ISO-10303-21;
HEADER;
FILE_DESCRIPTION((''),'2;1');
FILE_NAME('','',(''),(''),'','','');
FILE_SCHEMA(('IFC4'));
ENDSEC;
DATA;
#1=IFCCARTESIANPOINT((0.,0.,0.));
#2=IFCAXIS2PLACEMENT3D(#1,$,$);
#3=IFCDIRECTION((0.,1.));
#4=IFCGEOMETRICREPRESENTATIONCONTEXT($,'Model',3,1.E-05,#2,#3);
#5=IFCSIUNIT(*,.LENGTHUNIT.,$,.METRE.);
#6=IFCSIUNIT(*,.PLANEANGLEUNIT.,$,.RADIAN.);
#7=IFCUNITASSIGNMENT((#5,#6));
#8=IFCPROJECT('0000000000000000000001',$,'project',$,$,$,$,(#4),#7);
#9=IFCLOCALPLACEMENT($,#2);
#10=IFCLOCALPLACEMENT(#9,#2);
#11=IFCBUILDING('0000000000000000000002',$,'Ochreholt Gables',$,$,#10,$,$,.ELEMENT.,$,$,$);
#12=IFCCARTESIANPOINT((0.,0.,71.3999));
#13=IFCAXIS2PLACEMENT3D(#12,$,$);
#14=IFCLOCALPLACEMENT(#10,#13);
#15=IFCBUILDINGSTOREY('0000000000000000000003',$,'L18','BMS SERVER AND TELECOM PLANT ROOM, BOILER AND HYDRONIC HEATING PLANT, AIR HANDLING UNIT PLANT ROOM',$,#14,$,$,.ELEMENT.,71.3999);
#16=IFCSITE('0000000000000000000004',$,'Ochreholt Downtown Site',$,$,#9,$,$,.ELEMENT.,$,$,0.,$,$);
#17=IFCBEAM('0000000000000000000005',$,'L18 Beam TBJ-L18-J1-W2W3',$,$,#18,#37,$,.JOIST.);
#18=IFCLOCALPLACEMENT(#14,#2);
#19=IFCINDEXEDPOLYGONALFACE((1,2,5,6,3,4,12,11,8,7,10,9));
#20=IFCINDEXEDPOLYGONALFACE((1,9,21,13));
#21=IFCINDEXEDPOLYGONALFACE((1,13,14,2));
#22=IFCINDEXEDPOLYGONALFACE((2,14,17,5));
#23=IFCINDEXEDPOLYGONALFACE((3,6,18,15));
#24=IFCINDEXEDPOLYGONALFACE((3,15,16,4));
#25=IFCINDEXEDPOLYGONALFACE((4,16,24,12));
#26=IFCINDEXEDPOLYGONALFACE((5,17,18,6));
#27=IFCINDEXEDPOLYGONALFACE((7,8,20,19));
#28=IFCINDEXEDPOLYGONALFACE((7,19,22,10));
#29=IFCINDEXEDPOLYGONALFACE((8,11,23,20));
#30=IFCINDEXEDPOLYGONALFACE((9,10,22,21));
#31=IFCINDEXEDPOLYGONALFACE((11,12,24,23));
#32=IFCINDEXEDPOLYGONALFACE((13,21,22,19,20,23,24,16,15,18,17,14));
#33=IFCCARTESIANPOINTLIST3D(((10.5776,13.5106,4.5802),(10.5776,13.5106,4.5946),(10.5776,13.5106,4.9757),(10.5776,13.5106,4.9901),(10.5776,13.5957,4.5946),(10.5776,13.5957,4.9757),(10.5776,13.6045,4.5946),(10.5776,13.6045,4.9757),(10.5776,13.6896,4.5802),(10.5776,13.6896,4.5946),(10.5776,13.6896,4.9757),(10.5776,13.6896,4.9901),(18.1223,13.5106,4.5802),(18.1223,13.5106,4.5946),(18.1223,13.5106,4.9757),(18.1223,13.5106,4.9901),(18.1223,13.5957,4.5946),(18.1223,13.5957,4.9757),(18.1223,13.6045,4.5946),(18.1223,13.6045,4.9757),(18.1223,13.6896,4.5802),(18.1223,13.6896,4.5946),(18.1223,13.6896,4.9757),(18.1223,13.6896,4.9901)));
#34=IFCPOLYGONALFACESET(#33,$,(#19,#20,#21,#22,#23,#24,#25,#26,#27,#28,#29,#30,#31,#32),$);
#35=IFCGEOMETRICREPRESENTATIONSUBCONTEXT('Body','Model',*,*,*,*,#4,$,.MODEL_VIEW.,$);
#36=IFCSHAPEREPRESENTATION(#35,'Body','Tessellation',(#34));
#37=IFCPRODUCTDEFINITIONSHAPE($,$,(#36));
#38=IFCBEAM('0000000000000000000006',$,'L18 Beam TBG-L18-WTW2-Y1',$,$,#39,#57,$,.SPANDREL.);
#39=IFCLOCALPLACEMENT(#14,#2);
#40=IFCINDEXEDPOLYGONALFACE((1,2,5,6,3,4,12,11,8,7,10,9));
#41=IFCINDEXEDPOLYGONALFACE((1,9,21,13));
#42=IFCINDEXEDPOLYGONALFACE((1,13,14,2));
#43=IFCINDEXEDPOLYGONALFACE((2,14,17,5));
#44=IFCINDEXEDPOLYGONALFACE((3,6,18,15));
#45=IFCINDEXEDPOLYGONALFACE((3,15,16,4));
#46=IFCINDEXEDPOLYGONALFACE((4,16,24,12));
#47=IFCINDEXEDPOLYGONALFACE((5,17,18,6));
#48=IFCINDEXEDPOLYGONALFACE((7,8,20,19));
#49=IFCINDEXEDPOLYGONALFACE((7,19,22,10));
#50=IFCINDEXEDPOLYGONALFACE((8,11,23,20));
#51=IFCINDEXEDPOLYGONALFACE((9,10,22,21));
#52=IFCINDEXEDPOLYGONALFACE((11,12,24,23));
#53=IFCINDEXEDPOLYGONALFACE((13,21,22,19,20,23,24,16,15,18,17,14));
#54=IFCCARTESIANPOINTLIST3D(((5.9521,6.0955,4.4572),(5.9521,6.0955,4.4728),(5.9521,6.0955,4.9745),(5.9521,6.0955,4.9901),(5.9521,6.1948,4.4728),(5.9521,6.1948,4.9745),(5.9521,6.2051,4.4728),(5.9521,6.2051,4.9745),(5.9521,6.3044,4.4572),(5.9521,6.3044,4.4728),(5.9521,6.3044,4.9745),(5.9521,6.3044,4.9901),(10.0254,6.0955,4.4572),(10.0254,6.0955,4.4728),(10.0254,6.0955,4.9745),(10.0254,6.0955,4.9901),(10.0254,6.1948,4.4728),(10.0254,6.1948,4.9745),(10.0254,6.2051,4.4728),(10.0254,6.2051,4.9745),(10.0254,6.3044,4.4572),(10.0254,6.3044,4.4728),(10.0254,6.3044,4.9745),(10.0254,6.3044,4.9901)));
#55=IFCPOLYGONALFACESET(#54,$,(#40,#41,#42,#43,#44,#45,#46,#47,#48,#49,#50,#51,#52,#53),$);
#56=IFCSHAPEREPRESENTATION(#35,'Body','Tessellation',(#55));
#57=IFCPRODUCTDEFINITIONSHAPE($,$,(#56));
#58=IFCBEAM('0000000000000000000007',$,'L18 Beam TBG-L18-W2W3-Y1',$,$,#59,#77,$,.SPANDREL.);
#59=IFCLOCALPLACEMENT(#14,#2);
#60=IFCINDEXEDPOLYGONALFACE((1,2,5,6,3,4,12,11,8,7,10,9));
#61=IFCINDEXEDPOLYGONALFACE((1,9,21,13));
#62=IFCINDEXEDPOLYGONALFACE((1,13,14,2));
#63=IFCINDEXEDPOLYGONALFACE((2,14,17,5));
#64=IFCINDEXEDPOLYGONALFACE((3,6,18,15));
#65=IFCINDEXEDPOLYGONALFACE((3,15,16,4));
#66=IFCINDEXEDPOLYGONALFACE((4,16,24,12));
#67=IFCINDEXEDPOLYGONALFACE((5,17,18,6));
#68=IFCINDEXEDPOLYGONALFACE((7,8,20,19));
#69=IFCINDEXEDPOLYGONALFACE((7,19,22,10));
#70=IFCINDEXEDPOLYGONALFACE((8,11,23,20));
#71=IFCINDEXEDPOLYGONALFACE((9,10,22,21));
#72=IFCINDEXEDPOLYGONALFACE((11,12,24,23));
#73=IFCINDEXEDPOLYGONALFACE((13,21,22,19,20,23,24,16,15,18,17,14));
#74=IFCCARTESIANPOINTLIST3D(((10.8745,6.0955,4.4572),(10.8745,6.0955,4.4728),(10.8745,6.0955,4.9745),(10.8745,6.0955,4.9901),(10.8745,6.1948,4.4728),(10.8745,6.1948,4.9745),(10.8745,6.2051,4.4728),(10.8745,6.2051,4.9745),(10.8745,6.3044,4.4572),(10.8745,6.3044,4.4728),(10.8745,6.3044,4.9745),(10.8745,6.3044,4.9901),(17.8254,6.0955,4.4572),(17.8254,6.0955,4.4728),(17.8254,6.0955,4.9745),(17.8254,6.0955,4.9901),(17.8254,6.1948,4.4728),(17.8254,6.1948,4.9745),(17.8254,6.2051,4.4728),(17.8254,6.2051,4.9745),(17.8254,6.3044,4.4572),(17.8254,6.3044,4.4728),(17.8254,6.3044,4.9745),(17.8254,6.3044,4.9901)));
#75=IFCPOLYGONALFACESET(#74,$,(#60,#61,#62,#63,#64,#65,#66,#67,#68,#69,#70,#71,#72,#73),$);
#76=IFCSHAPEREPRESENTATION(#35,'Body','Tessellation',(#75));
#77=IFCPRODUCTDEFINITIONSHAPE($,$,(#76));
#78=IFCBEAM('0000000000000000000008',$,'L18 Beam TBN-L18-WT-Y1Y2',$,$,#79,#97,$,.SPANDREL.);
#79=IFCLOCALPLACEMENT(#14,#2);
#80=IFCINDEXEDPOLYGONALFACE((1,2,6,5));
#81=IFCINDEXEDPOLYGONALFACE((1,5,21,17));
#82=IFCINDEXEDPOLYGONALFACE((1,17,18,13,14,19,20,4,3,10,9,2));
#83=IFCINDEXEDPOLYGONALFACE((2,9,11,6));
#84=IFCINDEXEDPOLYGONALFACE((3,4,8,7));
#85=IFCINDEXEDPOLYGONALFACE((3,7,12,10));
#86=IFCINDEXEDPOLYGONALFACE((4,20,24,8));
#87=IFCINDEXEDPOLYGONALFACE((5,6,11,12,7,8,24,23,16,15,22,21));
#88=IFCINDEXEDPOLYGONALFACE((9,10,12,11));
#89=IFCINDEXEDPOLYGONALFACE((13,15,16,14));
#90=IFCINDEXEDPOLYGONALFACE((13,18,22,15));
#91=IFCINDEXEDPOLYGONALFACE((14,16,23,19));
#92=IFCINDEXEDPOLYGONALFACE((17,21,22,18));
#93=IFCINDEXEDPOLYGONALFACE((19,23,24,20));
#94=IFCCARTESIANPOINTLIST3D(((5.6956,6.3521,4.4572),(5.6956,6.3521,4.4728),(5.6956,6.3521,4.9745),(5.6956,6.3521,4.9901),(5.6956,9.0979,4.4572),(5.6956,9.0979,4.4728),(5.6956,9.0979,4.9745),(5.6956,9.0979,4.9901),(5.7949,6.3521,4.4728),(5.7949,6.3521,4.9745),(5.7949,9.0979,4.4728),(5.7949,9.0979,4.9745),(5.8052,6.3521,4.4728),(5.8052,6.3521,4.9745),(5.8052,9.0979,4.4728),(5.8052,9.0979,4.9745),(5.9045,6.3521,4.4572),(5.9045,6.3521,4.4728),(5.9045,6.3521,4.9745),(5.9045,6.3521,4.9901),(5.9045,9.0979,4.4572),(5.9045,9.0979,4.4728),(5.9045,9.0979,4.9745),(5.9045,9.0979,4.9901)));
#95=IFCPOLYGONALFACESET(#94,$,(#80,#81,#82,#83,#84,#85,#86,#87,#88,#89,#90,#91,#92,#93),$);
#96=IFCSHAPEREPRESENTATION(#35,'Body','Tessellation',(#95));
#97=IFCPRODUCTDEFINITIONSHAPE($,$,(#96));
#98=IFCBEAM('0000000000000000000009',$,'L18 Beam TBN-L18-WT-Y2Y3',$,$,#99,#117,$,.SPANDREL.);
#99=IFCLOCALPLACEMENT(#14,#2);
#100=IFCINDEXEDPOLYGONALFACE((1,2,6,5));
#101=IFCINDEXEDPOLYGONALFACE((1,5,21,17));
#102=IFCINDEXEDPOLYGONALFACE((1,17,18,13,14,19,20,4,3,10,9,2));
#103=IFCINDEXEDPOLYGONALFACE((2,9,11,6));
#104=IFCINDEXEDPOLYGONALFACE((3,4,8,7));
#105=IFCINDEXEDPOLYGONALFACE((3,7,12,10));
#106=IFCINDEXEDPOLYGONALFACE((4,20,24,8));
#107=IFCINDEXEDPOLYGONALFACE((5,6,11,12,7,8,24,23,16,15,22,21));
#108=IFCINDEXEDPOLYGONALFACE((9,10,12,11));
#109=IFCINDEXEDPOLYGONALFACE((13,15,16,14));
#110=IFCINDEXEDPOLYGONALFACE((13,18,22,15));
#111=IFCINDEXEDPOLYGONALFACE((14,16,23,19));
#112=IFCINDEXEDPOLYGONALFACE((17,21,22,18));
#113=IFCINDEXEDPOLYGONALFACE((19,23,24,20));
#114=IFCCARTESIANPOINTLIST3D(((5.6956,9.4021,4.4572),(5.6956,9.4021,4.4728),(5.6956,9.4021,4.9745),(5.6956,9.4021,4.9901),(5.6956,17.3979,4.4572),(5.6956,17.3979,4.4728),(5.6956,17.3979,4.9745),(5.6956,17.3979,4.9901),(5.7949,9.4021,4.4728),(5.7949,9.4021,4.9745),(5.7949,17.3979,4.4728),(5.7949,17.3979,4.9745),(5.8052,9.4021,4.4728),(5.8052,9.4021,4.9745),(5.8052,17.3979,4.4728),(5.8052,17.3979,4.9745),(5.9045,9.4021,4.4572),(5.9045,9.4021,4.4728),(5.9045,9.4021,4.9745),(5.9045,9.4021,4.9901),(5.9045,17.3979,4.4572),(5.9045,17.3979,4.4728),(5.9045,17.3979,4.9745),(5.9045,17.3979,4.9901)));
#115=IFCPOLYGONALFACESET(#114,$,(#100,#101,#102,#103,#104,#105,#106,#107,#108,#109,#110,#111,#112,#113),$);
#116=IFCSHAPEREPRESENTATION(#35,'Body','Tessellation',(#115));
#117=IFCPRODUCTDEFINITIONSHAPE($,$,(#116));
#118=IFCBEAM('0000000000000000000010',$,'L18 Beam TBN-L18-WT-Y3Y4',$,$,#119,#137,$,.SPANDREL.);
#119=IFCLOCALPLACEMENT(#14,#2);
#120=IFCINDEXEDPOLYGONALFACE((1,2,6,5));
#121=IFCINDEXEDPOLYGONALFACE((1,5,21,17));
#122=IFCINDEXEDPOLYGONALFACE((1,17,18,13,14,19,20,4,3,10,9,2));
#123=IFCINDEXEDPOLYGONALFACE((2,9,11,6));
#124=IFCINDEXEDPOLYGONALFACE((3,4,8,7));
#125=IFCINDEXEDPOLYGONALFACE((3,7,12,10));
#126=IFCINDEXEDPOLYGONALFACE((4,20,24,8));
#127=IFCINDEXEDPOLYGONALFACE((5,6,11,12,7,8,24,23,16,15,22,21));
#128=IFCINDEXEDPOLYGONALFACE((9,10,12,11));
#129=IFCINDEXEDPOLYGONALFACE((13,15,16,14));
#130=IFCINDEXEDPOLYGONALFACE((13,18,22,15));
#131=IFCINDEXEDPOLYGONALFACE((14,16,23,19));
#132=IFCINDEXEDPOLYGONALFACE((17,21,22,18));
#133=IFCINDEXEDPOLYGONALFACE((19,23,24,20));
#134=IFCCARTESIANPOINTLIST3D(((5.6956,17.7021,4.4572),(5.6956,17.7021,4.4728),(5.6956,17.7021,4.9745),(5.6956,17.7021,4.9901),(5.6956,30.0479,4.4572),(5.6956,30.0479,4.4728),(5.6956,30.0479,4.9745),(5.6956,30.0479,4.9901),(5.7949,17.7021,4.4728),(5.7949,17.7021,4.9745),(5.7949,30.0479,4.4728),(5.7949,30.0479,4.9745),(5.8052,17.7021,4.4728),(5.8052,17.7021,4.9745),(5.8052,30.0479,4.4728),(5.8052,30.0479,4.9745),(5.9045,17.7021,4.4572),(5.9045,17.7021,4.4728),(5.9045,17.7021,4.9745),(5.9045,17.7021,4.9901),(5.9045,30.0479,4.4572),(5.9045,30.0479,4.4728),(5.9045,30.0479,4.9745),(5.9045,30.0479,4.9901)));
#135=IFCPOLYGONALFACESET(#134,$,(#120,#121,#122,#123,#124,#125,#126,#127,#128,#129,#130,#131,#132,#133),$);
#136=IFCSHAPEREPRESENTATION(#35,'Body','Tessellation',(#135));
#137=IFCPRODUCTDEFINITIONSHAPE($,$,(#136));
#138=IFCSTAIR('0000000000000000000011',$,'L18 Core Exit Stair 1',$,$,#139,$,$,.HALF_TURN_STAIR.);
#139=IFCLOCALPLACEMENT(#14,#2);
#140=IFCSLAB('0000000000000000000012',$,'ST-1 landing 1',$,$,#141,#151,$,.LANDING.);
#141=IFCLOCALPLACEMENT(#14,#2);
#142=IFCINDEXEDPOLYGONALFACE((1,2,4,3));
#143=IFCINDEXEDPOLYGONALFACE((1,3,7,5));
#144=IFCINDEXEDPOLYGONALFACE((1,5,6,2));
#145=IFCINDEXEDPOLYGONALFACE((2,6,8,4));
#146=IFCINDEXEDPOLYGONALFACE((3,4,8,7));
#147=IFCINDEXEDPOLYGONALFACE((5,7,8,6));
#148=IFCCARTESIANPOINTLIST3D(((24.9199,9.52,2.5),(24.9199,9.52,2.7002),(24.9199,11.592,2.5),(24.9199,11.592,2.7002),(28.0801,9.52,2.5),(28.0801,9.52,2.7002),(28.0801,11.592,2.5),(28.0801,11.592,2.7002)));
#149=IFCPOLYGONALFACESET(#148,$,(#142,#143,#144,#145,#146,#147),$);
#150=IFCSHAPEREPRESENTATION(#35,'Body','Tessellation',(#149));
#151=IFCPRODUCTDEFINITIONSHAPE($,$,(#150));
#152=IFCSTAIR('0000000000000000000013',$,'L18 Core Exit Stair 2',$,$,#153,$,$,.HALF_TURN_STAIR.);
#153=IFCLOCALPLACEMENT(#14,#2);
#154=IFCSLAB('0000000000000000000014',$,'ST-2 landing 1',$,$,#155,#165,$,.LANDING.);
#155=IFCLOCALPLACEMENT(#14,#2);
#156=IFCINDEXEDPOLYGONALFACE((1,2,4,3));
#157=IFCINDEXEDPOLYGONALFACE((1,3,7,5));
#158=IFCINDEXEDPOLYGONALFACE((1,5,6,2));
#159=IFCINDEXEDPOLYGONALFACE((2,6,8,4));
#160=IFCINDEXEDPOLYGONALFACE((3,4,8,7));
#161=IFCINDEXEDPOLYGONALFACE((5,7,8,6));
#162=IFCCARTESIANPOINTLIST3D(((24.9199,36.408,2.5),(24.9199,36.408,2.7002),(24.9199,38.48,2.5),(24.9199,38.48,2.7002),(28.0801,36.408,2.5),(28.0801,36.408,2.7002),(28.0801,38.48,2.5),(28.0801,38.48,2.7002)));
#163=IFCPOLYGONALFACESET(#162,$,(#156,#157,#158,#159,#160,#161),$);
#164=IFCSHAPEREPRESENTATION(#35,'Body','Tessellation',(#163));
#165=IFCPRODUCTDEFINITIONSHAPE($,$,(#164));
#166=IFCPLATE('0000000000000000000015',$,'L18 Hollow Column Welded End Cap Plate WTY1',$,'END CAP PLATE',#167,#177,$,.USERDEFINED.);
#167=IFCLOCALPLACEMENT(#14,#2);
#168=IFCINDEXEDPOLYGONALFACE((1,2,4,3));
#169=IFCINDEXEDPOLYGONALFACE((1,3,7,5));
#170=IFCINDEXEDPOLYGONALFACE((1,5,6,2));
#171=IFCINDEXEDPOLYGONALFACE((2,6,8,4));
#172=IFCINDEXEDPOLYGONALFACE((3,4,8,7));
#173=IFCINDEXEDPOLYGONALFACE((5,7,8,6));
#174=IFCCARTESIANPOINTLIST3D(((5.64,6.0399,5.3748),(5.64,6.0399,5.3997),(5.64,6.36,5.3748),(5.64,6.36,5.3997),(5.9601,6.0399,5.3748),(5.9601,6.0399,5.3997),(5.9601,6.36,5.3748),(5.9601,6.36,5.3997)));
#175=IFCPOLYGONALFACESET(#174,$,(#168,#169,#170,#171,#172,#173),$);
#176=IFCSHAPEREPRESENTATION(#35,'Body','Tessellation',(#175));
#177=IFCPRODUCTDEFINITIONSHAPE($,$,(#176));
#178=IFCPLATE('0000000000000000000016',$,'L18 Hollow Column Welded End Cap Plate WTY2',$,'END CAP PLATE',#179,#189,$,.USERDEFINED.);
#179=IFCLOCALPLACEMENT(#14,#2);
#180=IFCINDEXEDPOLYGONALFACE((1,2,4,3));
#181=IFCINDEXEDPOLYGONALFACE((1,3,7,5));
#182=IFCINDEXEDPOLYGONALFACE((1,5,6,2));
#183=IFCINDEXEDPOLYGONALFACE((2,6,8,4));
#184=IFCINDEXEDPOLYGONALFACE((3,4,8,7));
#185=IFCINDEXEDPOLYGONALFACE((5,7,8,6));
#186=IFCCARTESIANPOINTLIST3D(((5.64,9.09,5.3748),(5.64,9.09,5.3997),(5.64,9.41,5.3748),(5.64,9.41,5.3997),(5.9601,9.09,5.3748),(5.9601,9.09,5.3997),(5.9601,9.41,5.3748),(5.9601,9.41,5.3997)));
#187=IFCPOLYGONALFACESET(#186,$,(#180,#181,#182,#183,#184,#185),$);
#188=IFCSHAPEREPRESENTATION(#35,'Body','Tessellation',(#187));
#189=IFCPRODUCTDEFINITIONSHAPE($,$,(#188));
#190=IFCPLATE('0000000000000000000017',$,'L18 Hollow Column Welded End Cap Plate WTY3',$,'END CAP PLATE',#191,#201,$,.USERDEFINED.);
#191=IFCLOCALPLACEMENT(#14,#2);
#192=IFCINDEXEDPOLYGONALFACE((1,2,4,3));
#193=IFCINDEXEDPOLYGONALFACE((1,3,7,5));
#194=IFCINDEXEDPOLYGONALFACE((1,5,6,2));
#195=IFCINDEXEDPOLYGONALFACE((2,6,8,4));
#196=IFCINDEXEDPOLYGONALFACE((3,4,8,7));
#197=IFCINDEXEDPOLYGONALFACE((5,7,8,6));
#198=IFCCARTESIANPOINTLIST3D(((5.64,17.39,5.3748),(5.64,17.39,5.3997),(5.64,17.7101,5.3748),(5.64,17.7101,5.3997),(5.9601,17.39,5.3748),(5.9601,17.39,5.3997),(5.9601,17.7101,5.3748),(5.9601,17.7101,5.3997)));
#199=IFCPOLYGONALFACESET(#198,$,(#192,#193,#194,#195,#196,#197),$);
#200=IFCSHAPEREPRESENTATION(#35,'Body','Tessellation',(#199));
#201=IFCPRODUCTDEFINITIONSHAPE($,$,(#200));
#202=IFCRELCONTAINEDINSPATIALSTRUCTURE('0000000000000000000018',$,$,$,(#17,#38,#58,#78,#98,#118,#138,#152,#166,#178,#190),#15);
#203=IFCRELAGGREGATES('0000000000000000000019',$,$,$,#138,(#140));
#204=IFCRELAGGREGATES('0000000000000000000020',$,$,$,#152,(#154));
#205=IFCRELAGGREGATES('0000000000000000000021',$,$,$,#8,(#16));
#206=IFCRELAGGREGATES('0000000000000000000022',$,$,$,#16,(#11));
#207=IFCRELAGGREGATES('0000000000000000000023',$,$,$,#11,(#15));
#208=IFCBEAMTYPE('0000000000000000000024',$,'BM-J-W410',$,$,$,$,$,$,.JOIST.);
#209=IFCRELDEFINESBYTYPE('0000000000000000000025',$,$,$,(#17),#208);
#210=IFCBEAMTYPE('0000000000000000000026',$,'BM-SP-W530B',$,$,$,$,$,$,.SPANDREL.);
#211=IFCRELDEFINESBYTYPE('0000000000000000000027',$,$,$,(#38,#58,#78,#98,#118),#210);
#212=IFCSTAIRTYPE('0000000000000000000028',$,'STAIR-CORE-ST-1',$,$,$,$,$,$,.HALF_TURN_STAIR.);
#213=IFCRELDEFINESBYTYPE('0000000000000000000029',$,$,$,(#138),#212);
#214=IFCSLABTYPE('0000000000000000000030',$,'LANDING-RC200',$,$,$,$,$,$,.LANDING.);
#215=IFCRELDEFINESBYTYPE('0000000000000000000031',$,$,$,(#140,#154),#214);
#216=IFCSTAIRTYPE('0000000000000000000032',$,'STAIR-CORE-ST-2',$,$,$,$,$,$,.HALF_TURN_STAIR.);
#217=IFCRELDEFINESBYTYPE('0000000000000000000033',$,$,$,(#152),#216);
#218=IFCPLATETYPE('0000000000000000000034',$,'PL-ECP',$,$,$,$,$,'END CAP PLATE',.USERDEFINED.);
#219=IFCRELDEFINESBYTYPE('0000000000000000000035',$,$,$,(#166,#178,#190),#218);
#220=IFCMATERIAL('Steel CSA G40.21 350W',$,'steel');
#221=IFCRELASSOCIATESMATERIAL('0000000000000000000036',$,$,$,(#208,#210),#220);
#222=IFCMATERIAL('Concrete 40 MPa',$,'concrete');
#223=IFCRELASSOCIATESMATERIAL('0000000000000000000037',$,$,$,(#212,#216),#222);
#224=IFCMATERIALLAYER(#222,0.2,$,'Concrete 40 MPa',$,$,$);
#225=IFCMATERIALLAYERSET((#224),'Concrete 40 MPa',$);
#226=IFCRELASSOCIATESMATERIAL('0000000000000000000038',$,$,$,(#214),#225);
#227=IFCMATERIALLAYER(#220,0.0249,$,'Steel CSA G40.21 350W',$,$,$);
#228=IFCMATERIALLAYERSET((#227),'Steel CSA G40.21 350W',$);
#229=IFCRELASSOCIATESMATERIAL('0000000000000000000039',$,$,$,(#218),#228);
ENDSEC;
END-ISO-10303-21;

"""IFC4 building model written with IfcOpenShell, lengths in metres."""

from ifc_helpers import new_model, si_unit, direction, frame, origin, origin_2d, place, context, subcontext, project, spatial, polyline, rectangle, i_section, outline, extrude, material, layer, layer_set, material_profile, profile_set, type_object, element, aggregate, save


model = new_model("IFC4")

# Units and contexts
model_context = context("Model", 3, precision=1e-05, world=origin(), true_north=direction((0.0, 1.0)))
body_context = subcontext(model_context, "Body", "Model", "MODEL_VIEW")
ifc_project = project(units=[si_unit("LENGTHUNIT", "METRE"), si_unit("PLANEANGLEUNIT", "RADIAN")], contexts=[model_context])

# Site, building, storey
site_placement = place(None, origin())
site = spatial("IfcSite", under=ifc_project, at=site_placement, Name="Ochreholt Downtown Site", CompositionType="ELEMENT", RefElevation=0.0)
building_placement = place(site_placement, origin())
building = spatial("IfcBuilding", under=site, at=building_placement, Name="Ochreholt Gables", CompositionType="ELEMENT")
storey_placement = place(building_placement, frame((0.0, 0.0, 71.3999)))
storey = spatial("IfcBuildingStorey", under=building, at=storey_placement, Name="L18", Description="BMS SERVER AND TELECOM PLANT ROOM, BOILER AND HYDRONIC HEATING PLANT, AIR HANDLING UNIT PLANT ROOM", CompositionType="ELEMENT", Elevation=71.3999)

# Shared definitions
ifc_material_1 = material(Name="Steel CSA G40.21 350W", Category="steel")

# Beams
ifc_material_profile_1 = material_profile(ifc_material_1, i_section(OverallWidth=0.179, OverallDepth=0.4099, WebThickness=0.0088, FlangeThickness=0.0144, at=origin_2d()), Name="W410X67")
ifc_profile_set_1 = profile_set([ifc_material_profile_1], Name="Steel CSA G40.21 350W")
beam_type_1 = type_object("IfcBeamType", Name="BM-J-W410", PredefinedType="JOIST", material=ifc_profile_set_1)
beam_1_placement = place(storey_placement, frame((10.5776, 13.6001, 4.7852), z_axis=(1.0, 0.0, 0.0), x_axis=(0.0, 1.0, 0.0)))
element("IfcBeam", 1, at=beam_1_placement, inside=storey, type_object=beam_type_1, Name="L18 Beam TBJ-L18-J1-W2W3", PredefinedType="JOIST", context=body_context, shape_type="SweptSolid", body=[
    extrude(i_section(OverallWidth=0.179, OverallDepth=0.4099, WebThickness=0.0088, FlangeThickness=0.0144, at=origin_2d()), origin(), (0.0, 0.0, 1.0), 7.5447),
])
ifc_material_profile_2 = material_profile(ifc_material_1, i_section(OverallWidth=0.209, OverallDepth=0.533, WebThickness=0.0103, FlangeThickness=0.0156, at=origin_2d()), Name="W530X92")
ifc_profile_set_2 = profile_set([ifc_material_profile_2], Name="Steel CSA G40.21 350W")
beam_type_2 = type_object("IfcBeamType", Name="BM-SP-W530B", PredefinedType="SPANDREL", material=ifc_profile_set_2)
beam_2_placement = place(storey_placement, frame((5.9521, 6.2, 4.7236), z_axis=(1.0, 0.0, 0.0), x_axis=(0.0, 1.0, 0.0)))
element("IfcBeam", 2, at=beam_2_placement, inside=storey, type_object=beam_type_2, Name="L18 Beam TBG-L18-WTW2-Y1", PredefinedType="SPANDREL", context=body_context, shape_type="SweptSolid", body=[
    extrude(i_section(OverallWidth=0.209, OverallDepth=0.533, WebThickness=0.0103, FlangeThickness=0.0156, at=origin_2d()), origin(), (0.0, 0.0, 1.0), 4.0732),
])
beam_3_placement = place(storey_placement, frame((10.8745, 6.2, 4.7236), z_axis=(1.0, 0.0, 0.0), x_axis=(0.0, 1.0, 0.0)))
element("IfcBeam", 3, at=beam_3_placement, inside=storey, type_object=beam_type_2, Name="L18 Beam TBG-L18-W2W3-Y1", PredefinedType="SPANDREL", context=body_context, shape_type="SweptSolid", body=[
    extrude(i_section(OverallWidth=0.209, OverallDepth=0.533, WebThickness=0.0103, FlangeThickness=0.0156, at=origin_2d()), origin(), (0.0, 0.0, 1.0), 6.9509),
])
beam_4_placement = place(storey_placement, frame((5.8, 6.3521, 4.7236), z_axis=(0.0, 1.0, 0.0), x_axis=(-1.0, 0.0, 0.0)))
element("IfcBeam", 4, at=beam_4_placement, inside=storey, type_object=beam_type_2, Name="L18 Beam TBN-L18-WT-Y1Y2", PredefinedType="SPANDREL", context=body_context, shape_type="SweptSolid", body=[
    extrude(i_section(OverallWidth=0.209, OverallDepth=0.533, WebThickness=0.0103, FlangeThickness=0.0156, at=origin_2d()), origin(), (0.0, 0.0, 1.0), 2.7458),
])
beam_5_placement = place(storey_placement, frame((5.8, 9.4021, 4.7236), z_axis=(0.0, 1.0, 0.0), x_axis=(-1.0, 0.0, 0.0)))
element("IfcBeam", 5, at=beam_5_placement, inside=storey, type_object=beam_type_2, Name="L18 Beam TBN-L18-WT-Y2Y3", PredefinedType="SPANDREL", context=body_context, shape_type="SweptSolid", body=[
    extrude(i_section(OverallWidth=0.209, OverallDepth=0.533, WebThickness=0.0103, FlangeThickness=0.0156, at=origin_2d()), origin(), (0.0, 0.0, 1.0), 7.9958),
])
beam_6_placement = place(storey_placement, frame((5.8, 17.7021, 4.7236), z_axis=(0.0, 1.0, 0.0), x_axis=(-1.0, 0.0, 0.0)))
element("IfcBeam", 6, at=beam_6_placement, inside=storey, type_object=beam_type_2, Name="L18 Beam TBN-L18-WT-Y3Y4", PredefinedType="SPANDREL", context=body_context, shape_type="SweptSolid", body=[
    extrude(i_section(OverallWidth=0.209, OverallDepth=0.533, WebThickness=0.0103, FlangeThickness=0.0156, at=origin_2d()), origin(), (0.0, 0.0, 1.0), 12.3457),
])

# Stairs, slabs
ifc_material_2 = material(Name="Concrete 40 MPa", Category="concrete")
stair_type_1 = type_object("IfcStairType", Name="STAIR-CORE-ST-1", PredefinedType="HALF_TURN_STAIR", material=ifc_material_2)
stair_1_placement = place(storey_placement, origin())
stair_1 = element("IfcStair", 7, at=stair_1_placement, inside=storey, type_object=stair_type_1, Name="L18 Core Exit Stair 1", PredefinedType="HALF_TURN_STAIR")
ifc_layer_1 = layer(ifc_material_2, 0.2, Name="Concrete 40 MPa")
ifc_layer_set_1 = layer_set([ifc_layer_1], Name="Concrete 40 MPa")
slab_type_1 = type_object("IfcSlabType", Name="LANDING-RC200", PredefinedType="LANDING", material=ifc_layer_set_1)
slab_1_placement = place(storey_placement, frame((0.0, 0.0, 2.5)))
slab_1 = element("IfcSlab", 8, at=slab_1_placement, type_object=slab_type_1, Name="ST-1 landing 1", PredefinedType="LANDING", context=body_context, shape_type="SweptSolid", body=[
    extrude(outline(polyline([(24.9199, 11.592), (24.9199, 9.52), (28.0801, 9.52), (28.0801, 11.592), (24.9199, 11.592)])), origin(), (0.0, 0.0, 1.0), 0.2002),
])
aggregate(stair_1, [slab_1])
stair_type_2 = type_object("IfcStairType", Name="STAIR-CORE-ST-2", PredefinedType="HALF_TURN_STAIR", material=ifc_material_2)
stair_2_placement = place(storey_placement, origin())
stair_2 = element("IfcStair", 9, at=stair_2_placement, inside=storey, type_object=stair_type_2, Name="L18 Core Exit Stair 2", PredefinedType="HALF_TURN_STAIR")
slab_2_placement = place(storey_placement, frame((0.0, 0.0, 2.5)))
slab_2 = element("IfcSlab", 10, at=slab_2_placement, type_object=slab_type_1, Name="ST-2 landing 1", PredefinedType="LANDING", context=body_context, shape_type="SweptSolid", body=[
    extrude(outline(polyline([(28.0801, 36.408), (28.0801, 38.48), (24.9199, 38.48), (24.9199, 36.408), (28.0801, 36.408)])), origin(), (0.0, 0.0, 1.0), 0.2002),
])
aggregate(stair_2, [slab_2])

# Plates
ifc_layer_2 = layer(ifc_material_1, 0.0249, Name="Steel CSA G40.21 350W")
ifc_layer_set_2 = layer_set([ifc_layer_2], Name="Steel CSA G40.21 350W")
plate_type = type_object("IfcPlateType", Name="PL-ECP", ElementType="END CAP PLATE", PredefinedType="USERDEFINED", material=ifc_layer_set_2)
for number, where, z_axis, x_axis, name in (
    (11, (5.8, 6.2, 5.3748), (0.0, 0.0, 1.0), (1.0, 0.0, 0.0), "L18 Hollow Column Welded End Cap Plate WTY1"),
    (12, (5.8, 9.25, 5.3748), (0.0, 0.0, 1.0), (1.0, 0.0, 0.0), "L18 Hollow Column Welded End Cap Plate WTY2"),
    (13, (5.8, 17.55, 5.3748), (0.0, 0.0, 1.0), (1.0, 0.0, 0.0), "L18 Hollow Column Welded End Cap Plate WTY3"),
):
    element("IfcPlate", number, at=place(storey_placement, frame(where, z_axis=z_axis, x_axis=x_axis)), inside=storey, type_object=plate_type, Name=name, ObjectType="END CAP PLATE", PredefinedType="USERDEFINED", context=body_context, shape_type="SweptSolid", body=[
        extrude(rectangle(XDim=0.3201, YDim=0.3201, at=origin_2d()), origin(), (0.0, 0.0, 1.0), 0.0249),
    ])

save(model, "model.ifc")
